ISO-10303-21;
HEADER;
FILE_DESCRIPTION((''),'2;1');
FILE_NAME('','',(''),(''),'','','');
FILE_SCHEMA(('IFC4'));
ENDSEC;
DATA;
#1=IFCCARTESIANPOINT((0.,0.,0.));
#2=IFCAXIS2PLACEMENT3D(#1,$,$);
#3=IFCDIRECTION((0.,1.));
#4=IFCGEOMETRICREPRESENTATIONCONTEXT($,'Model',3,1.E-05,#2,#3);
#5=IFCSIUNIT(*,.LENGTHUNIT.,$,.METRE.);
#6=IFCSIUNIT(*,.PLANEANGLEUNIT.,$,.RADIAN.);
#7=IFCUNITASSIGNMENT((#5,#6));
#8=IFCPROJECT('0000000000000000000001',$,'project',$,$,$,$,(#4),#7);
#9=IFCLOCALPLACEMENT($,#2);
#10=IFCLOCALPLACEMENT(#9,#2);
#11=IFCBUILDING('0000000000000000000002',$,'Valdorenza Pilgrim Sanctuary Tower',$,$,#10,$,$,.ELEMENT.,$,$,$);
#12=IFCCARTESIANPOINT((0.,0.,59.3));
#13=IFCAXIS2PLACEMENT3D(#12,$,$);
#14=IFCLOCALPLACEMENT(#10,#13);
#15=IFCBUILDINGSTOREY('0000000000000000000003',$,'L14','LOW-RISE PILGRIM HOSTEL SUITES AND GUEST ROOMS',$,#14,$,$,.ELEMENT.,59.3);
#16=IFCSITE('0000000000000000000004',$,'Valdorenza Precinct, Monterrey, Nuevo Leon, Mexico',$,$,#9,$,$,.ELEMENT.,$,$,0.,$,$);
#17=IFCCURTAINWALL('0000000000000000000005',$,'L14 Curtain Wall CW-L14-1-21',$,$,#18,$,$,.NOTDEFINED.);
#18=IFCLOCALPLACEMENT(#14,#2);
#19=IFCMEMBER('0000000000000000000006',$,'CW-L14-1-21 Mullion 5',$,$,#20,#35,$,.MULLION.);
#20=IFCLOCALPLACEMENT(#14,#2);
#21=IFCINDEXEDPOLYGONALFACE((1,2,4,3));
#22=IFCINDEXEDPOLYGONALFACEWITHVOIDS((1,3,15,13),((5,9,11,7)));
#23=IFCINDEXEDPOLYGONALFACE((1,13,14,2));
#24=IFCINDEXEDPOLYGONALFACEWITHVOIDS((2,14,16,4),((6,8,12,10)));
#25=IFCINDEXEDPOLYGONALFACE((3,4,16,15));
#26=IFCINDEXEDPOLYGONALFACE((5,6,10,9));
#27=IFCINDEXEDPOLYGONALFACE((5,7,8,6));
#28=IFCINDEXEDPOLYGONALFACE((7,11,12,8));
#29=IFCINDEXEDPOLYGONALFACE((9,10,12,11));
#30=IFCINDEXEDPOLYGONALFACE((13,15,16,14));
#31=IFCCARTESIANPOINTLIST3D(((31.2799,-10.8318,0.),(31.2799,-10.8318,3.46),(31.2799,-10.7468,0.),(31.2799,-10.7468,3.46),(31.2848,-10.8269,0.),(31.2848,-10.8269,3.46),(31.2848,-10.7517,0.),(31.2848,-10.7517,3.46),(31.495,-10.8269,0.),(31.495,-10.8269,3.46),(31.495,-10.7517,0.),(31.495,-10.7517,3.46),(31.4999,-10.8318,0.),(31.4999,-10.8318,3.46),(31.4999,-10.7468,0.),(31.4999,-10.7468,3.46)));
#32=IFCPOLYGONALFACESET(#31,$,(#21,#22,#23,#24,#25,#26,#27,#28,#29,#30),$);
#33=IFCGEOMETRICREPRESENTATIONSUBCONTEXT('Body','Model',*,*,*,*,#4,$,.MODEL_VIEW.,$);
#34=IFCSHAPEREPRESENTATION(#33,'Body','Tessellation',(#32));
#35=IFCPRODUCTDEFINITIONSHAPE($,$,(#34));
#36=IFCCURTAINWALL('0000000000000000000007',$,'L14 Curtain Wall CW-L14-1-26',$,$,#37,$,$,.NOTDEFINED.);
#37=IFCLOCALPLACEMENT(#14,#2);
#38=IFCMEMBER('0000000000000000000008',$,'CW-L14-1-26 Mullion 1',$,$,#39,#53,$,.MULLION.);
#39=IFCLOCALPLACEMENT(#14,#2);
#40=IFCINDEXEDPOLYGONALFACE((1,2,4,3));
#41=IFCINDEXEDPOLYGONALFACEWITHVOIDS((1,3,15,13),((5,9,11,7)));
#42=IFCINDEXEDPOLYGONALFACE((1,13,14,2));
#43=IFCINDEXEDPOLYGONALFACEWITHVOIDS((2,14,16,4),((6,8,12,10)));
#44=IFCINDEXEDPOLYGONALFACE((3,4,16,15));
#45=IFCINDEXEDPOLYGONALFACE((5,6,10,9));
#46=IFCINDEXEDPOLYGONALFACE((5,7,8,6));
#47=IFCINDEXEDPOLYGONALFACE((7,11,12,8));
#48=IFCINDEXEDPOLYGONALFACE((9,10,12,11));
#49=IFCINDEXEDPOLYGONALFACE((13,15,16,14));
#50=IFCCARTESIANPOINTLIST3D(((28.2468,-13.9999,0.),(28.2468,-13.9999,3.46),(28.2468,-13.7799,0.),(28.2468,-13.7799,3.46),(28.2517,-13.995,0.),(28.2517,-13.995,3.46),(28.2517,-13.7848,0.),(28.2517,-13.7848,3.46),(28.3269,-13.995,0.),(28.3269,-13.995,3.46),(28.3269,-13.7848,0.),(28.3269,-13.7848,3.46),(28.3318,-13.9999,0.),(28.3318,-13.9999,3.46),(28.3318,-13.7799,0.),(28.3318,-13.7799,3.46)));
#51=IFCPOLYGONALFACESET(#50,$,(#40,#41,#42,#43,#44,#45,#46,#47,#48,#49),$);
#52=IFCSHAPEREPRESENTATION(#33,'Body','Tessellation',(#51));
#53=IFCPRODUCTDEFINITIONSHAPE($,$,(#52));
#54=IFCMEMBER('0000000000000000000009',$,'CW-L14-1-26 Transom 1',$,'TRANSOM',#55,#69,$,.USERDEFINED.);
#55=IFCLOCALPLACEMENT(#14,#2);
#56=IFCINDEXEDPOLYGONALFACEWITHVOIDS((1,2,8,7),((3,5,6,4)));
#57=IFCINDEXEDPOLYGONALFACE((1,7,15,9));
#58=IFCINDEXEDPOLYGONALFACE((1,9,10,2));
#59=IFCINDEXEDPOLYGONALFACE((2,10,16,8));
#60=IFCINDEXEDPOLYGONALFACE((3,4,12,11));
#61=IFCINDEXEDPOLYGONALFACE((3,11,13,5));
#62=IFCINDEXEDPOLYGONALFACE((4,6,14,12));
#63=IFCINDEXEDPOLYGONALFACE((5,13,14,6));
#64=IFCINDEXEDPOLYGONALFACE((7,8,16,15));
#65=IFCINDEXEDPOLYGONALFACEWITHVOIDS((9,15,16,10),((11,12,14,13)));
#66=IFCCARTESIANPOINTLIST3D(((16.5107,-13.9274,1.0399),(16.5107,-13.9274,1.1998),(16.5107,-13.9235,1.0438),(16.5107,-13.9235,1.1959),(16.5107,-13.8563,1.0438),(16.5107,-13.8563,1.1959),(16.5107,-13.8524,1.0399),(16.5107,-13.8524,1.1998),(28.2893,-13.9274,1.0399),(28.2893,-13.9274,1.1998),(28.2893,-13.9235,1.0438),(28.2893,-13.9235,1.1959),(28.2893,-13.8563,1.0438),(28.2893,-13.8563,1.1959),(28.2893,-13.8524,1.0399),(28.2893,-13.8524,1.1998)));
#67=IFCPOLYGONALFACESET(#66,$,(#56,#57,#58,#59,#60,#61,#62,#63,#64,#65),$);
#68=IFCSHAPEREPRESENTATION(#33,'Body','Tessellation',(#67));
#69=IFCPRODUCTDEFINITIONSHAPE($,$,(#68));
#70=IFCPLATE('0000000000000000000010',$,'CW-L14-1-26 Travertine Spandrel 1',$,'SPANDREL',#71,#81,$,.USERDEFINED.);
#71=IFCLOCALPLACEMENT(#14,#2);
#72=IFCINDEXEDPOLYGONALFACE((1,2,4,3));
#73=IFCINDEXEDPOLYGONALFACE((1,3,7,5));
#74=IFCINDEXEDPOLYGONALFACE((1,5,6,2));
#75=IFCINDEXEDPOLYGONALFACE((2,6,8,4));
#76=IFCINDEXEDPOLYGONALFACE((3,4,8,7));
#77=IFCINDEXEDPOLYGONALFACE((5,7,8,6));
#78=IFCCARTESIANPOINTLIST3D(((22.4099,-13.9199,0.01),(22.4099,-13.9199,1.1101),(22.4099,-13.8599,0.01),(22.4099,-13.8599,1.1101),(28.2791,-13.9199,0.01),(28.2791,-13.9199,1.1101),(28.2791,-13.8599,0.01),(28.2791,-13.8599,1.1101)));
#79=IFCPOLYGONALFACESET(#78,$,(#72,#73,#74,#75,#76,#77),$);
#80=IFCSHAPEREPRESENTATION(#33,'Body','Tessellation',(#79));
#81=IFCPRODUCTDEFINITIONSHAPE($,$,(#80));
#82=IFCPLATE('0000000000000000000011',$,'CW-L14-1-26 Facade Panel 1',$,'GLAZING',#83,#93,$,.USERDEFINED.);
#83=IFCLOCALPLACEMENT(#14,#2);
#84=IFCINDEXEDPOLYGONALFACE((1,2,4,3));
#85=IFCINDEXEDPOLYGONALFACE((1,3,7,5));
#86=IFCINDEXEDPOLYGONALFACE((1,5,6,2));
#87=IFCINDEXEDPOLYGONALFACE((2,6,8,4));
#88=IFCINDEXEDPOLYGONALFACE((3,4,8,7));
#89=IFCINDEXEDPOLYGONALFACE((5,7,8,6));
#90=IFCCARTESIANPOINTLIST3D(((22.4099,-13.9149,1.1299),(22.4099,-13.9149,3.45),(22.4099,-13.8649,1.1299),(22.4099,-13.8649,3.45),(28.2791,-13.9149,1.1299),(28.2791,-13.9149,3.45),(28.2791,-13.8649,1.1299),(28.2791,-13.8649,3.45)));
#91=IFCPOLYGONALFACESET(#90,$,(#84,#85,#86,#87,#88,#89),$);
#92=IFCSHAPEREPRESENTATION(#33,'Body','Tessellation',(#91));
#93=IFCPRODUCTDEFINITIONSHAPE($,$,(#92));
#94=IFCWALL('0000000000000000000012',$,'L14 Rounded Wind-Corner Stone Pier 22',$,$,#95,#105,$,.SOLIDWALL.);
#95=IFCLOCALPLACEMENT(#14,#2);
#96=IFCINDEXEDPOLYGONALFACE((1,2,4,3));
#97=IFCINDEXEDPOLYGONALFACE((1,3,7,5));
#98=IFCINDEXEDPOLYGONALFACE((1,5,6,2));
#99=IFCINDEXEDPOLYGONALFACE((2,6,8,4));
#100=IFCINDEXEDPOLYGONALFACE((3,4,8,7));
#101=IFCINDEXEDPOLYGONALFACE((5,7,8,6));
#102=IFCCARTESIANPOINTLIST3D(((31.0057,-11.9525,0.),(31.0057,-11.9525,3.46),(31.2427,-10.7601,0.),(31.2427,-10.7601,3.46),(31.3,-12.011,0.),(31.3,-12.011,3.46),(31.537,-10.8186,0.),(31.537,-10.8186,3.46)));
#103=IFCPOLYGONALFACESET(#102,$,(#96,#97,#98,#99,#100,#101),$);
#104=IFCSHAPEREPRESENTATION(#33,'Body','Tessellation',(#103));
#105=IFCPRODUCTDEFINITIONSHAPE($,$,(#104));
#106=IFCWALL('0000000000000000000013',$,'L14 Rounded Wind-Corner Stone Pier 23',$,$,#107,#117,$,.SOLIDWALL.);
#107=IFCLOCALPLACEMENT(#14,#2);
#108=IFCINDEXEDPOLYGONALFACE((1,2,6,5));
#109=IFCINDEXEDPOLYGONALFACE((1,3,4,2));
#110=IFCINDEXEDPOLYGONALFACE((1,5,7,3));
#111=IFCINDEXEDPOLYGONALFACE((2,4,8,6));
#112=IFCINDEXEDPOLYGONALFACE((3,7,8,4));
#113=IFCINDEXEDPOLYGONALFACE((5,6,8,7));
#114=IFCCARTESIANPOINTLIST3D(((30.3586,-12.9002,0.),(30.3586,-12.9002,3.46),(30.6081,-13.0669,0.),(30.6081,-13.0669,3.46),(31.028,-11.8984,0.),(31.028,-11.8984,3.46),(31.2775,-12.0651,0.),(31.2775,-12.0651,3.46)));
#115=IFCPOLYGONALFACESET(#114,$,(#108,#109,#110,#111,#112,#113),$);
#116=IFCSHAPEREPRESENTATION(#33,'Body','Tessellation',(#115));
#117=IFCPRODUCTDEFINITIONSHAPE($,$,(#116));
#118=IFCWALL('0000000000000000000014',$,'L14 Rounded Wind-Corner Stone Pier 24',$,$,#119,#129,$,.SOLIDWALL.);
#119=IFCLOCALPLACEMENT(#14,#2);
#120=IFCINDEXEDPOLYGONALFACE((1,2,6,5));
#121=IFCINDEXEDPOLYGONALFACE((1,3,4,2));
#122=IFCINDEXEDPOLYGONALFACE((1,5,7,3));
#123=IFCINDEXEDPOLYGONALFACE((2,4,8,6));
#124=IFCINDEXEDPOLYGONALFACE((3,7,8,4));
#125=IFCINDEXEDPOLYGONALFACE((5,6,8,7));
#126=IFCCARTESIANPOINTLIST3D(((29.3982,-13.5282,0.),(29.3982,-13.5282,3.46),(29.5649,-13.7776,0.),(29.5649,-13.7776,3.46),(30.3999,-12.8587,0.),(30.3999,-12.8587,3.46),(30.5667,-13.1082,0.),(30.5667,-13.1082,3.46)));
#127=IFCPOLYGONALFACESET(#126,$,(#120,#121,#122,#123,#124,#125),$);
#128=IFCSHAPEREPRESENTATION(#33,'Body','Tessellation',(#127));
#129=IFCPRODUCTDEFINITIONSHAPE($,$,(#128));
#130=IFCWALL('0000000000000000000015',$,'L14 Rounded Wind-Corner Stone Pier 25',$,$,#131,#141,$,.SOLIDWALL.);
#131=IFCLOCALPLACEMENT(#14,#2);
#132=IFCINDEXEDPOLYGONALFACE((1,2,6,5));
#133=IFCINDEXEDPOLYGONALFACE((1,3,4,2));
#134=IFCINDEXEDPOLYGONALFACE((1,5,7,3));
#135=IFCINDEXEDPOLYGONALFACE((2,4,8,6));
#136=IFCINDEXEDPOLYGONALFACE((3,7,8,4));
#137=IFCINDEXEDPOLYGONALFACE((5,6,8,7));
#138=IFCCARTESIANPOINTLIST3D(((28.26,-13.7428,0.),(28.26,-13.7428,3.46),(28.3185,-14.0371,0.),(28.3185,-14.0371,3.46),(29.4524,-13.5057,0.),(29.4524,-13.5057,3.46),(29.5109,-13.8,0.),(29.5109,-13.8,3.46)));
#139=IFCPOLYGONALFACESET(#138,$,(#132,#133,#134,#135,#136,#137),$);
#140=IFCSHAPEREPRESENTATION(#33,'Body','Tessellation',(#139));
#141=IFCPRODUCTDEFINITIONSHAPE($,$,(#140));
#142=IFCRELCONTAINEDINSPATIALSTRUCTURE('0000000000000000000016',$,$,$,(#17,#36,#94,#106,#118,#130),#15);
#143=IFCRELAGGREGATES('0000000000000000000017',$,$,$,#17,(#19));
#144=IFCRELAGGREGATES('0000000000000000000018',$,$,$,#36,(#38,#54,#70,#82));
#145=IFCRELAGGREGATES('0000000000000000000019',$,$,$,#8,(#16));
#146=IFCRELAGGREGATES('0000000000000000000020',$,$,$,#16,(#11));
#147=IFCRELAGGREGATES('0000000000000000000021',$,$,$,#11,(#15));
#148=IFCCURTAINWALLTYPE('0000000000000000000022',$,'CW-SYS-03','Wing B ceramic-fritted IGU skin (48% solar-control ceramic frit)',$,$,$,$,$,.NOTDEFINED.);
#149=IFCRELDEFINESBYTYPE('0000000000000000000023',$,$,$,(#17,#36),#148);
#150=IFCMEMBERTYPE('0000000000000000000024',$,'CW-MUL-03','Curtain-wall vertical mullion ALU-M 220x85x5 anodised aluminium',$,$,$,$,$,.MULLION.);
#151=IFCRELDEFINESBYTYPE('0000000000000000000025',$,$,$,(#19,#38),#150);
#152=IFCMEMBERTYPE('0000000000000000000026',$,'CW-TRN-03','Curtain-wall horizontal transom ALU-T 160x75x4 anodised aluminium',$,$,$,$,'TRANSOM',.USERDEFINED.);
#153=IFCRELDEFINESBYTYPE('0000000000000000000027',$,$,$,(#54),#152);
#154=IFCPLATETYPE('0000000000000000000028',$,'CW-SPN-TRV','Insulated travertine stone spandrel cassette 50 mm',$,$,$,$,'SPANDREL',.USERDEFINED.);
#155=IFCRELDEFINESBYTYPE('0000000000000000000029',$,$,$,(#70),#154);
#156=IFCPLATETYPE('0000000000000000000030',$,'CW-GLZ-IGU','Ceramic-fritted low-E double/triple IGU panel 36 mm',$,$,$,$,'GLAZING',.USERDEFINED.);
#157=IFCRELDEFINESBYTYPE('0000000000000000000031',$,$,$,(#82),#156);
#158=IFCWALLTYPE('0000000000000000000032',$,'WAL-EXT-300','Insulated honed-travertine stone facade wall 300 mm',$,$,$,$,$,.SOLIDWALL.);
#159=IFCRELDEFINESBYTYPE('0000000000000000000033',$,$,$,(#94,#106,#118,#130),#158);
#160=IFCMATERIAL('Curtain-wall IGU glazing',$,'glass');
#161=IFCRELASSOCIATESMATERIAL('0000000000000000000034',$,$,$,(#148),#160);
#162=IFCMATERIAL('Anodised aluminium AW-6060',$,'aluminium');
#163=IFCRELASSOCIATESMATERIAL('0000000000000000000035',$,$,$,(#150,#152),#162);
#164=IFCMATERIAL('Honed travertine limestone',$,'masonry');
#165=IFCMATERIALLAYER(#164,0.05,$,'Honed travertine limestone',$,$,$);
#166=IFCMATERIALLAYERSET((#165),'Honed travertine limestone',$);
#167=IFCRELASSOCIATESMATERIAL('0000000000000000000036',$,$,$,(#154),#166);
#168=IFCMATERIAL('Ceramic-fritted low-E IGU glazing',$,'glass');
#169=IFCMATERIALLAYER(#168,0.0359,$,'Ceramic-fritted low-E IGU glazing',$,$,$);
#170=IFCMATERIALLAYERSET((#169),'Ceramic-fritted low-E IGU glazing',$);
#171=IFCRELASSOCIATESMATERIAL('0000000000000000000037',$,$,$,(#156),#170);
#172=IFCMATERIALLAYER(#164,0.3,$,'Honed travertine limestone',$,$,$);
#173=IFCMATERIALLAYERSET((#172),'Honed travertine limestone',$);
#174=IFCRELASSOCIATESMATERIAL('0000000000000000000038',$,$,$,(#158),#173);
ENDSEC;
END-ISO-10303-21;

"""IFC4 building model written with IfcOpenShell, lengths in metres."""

from ifc_helpers import new_model, si_unit, direction, frame, frame_2d, origin, origin_2d, place, context, subcontext, project, spatial, rectangle, hollow_rectangle, extrude, source, transform, mapped, material, layer, layer_set, material_profile, profile_set, type_object, element, aggregate, save


model = new_model("IFC4")

# Units and contexts
model_context = context("Model", 3, precision=1e-05, world=origin(), true_north=direction((0.0, 1.0)))
body_context = subcontext(model_context, "Body", "Model", "MODEL_VIEW")
ifc_project = project(units=[si_unit("LENGTHUNIT", "METRE"), si_unit("PLANEANGLEUNIT", "RADIAN")], contexts=[model_context])

# Site, building, storey
site_placement = place(None, origin())
site = spatial("IfcSite", under=ifc_project, at=site_placement, Name="Valdorenza Precinct, Monterrey, Nuevo Leon, Mexico", CompositionType="ELEMENT", RefElevation=0.0)
building_placement = place(site_placement, origin())
building = spatial("IfcBuilding", under=site, at=building_placement, Name="Valdorenza Pilgrim Sanctuary Tower", CompositionType="ELEMENT")
storey_placement = place(building_placement, frame((0.0, 0.0, 59.3)))
storey = spatial("IfcBuildingStorey", under=building, at=storey_placement, Name="L14", Description="LOW-RISE PILGRIM HOSTEL SUITES AND GUEST ROOMS", CompositionType="ELEMENT", Elevation=59.3)

# Curtain wall, member
ifc_material_1 = material(Name="Curtain-wall IGU glazing", Category="glass")
curtain_wall_type = type_object("IfcCurtainWallType", Name="CW-SYS-03", Description="Wing B ceramic-fritted IGU skin (48% solar-control ceramic frit)", PredefinedType="NOTDEFINED", material=ifc_material_1)
curtain_wall_1_placement = place(storey_placement, origin())
curtain_wall_1 = element("IfcCurtainWall", 1, at=curtain_wall_1_placement, inside=storey, type_object=curtain_wall_type, Name="L14 Curtain Wall CW-L14-1-21", PredefinedType="NOTDEFINED")
ifc_material_2 = material(Name="Anodised aluminium AW-6060", Category="aluminium")
ifc_material_profile_1 = material_profile(ifc_material_2, hollow_rectangle(XDim=0.085, YDim=0.22, WallThickness=0.0049, at=origin_2d()), Name="ALU-M 220x85x5")
ifc_profile_set_1 = profile_set([ifc_material_profile_1], Name="Anodised aluminium AW-6060")
member_type_1 = type_object("IfcMemberType", Name="CW-MUL-03", Description="Curtain-wall vertical mullion ALU-M 220x85x5 anodised aluminium", PredefinedType="MULLION", material=ifc_profile_set_1)
shared_shape_1 = source(origin(), body_context, "Body", "SweptSolid", [
    extrude(hollow_rectangle(XDim=0.085, YDim=0.22, WallThickness=0.0049, at=origin_2d()), origin(), (0.0, 0.0, 1.0), 3.46),
])
member_1_placement = place(storey_placement, frame((31.3899, -10.7893, 0.0), z_axis=(0.0, 0.0, 1.0), x_axis=(0.0, -1.0, 0.0)))
member_1 = element("IfcMember", 2, at=member_1_placement, type_object=member_type_1, Name="CW-L14-1-21 Mullion 5", PredefinedType="MULLION", context=body_context, shape_type="MappedRepresentation", body=[
    mapped(shared_shape_1, transform((0.0, 0.0, 0.0), x_axis=(1.0, 0.0, 0.0), y_axis=(0.0, 1.0, 0.0), z_axis=(0.0, 0.0, 1.0), scale=1.0)),
])
aggregate(curtain_wall_1, [member_1])

# Curtain wall, members, plates
curtain_wall_2_placement = place(storey_placement, origin())
curtain_wall_2 = element("IfcCurtainWall", 3, at=curtain_wall_2_placement, inside=storey, type_object=curtain_wall_type, Name="L14 Curtain Wall CW-L14-1-26", PredefinedType="NOTDEFINED")
member_2_placement = place(storey_placement, frame((28.2893, -13.8899, 0.0), z_axis=(0.0, 0.0, 1.0), x_axis=(-1.0, 0.0, 0.0)))
member_2 = element("IfcMember", 4, at=member_2_placement, type_object=member_type_1, Name="CW-L14-1-26 Mullion 1", PredefinedType="MULLION", context=body_context, shape_type="MappedRepresentation", body=[
    mapped(shared_shape_1, transform((0.0, 0.0, 0.0), x_axis=(1.0, 0.0, 0.0), y_axis=(0.0, 1.0, 0.0), z_axis=(0.0, 0.0, 1.0), scale=1.0)),
])
ifc_material_profile_2 = material_profile(ifc_material_2, hollow_rectangle(XDim=0.075, YDim=0.1599, WallThickness=0.0039, at=origin_2d()), Name="ALU-T 160x75x4")
ifc_profile_set_2 = profile_set([ifc_material_profile_2], Name="Anodised aluminium AW-6060")
member_type_2 = type_object("IfcMemberType", Name="CW-TRN-03", Description="Curtain-wall horizontal transom ALU-T 160x75x4 anodised aluminium", ElementType="TRANSOM", PredefinedType="USERDEFINED", material=ifc_profile_set_2)
shared_shape_2 = source(origin(), body_context, "Body", "SweptSolid", [
    extrude(hollow_rectangle(XDim=0.075, YDim=0.1599, WallThickness=0.0039, at=origin_2d()), origin(), (0.0, 0.0, 1.0), 11.7786),
])
member_3_placement = place(storey_placement, frame((28.2893, -13.8899, 1.1199), z_axis=(-1.0, 0.0, 0.0), x_axis=(0.0, -1.0, 0.0)))
member_3 = element("IfcMember", 5, at=member_3_placement, type_object=member_type_2, Name="CW-L14-1-26 Transom 1", ObjectType="TRANSOM", PredefinedType="USERDEFINED", context=body_context, shape_type="MappedRepresentation", body=[
    mapped(shared_shape_2, transform((0.0, 0.0, 0.0), x_axis=(1.0, 0.0, 0.0), y_axis=(0.0, 1.0, 0.0), z_axis=(0.0, 0.0, 1.0), scale=1.0)),
])
ifc_material_3 = material(Name="Honed travertine limestone", Category="masonry")
ifc_layer_1 = layer(ifc_material_3, 0.05, Name="Honed travertine limestone")
ifc_layer_set_1 = layer_set([ifc_layer_1], Name="Honed travertine limestone")
plate_type_1 = type_object("IfcPlateType", Name="CW-SPN-TRV", Description="Insulated travertine stone spandrel cassette 50 mm", ElementType="SPANDREL", PredefinedType="USERDEFINED", material=ifc_layer_set_1)
shared_shape_3 = source(origin(), body_context, "Body", "SweptSolid", [
    extrude(rectangle(XDim=5.8691, YDim=0.0601, at=origin_2d()), origin(), (0.0, 0.0, 1.0), 1.1001),
])
plate_1_placement = place(storey_placement, frame((25.3445, -13.8899, 0.01), z_axis=(0.0, 0.0, 1.0), x_axis=(-1.0, 0.0, 0.0)))
plate_1 = element("IfcPlate", 6, at=plate_1_placement, type_object=plate_type_1, Name="CW-L14-1-26 Travertine Spandrel 1", ObjectType="SPANDREL", PredefinedType="USERDEFINED", context=body_context, shape_type="MappedRepresentation", body=[
    mapped(shared_shape_3, transform((0.0, 0.0, 0.0), x_axis=(1.0, 0.0, 0.0), y_axis=(0.0, 1.0, 0.0), z_axis=(0.0, 0.0, 1.0), scale=1.0)),
])
ifc_material_4 = material(Name="Ceramic-fritted low-E IGU glazing", Category="glass")
ifc_layer_2 = layer(ifc_material_4, 0.0359, Name="Ceramic-fritted low-E IGU glazing")
ifc_layer_set_2 = layer_set([ifc_layer_2], Name="Ceramic-fritted low-E IGU glazing")
plate_type_2 = type_object("IfcPlateType", Name="CW-GLZ-IGU", Description="Ceramic-fritted low-E double/triple IGU panel 36 mm", ElementType="GLAZING", PredefinedType="USERDEFINED", material=ifc_layer_set_2)
shared_shape_4 = source(origin(), body_context, "Body", "SweptSolid", [
    extrude(rectangle(XDim=5.8691, YDim=0.05, at=origin_2d()), origin(), (0.0, 0.0, 1.0), 2.3201),
])
plate_2_placement = place(storey_placement, frame((25.3445, -13.8899, 1.1299), z_axis=(0.0, 0.0, 1.0), x_axis=(-1.0, 0.0, 0.0)))
plate_2 = element("IfcPlate", 7, at=plate_2_placement, type_object=plate_type_2, Name="CW-L14-1-26 Facade Panel 1", ObjectType="GLAZING", PredefinedType="USERDEFINED", context=body_context, shape_type="MappedRepresentation", body=[
    mapped(shared_shape_4, transform((0.0, 0.0, 0.0), x_axis=(1.0, 0.0, 0.0), y_axis=(0.0, 1.0, 0.0), z_axis=(0.0, 0.0, 1.0), scale=1.0)),
])
aggregate(curtain_wall_2, [member_2, member_3, plate_1, plate_2])

# Walls
ifc_layer_3 = layer(ifc_material_3, 0.3, Name="Honed travertine limestone")
ifc_layer_set_3 = layer_set([ifc_layer_3], Name="Honed travertine limestone")
wall_type_1 = type_object("IfcWallType", Name="WAL-EXT-300", Description="Insulated honed-travertine stone facade wall 300 mm", PredefinedType="SOLIDWALL", material=ifc_layer_set_3)
wall_1_placement = place(storey_placement, frame((31.3899, -10.7893, 0.0), z_axis=(0.0, 0.0, 1.0), x_axis=(-0.194996, -0.980804, 0.0)))
element("IfcWall", 8, at=wall_1_placement, inside=storey, type_object=wall_type_1, Name="L14 Rounded Wind-Corner Stone Pier 22", PredefinedType="SOLIDWALL", context=body_context, shape_type="SweptSolid", body=[
    extrude(rectangle(XDim=1.2158, YDim=0.3, at=frame_2d((0.6079, 0.0))), origin(), (0.0, 0.0, 1.0), 3.46),
])
for number, where, z_axis, x_axis, name in (
    (9, (31.1528, -11.9817, 0.0), (0.0, 0.0, 1.0), (-0.555635, -0.831426, 0.0), "L14 Rounded Wind-Corner Stone Pier 23"),
    (10, (30.4834, -12.9834, 0.0), (0.0, 0.0, 1.0), (-0.831426, -0.555635, 0.0), "L14 Rounded Wind-Corner Stone Pier 24"),
):
    element("IfcWall", number, at=place(storey_placement, frame(where, z_axis=z_axis, x_axis=x_axis)), inside=storey, type_object=wall_type_1, Name=name, PredefinedType="SOLIDWALL", context=body_context, shape_type="SweptSolid", body=[
        extrude(rectangle(XDim=1.2048, YDim=0.3, at=frame_2d((0.6025, 0.0))), origin(), (0.0, 0.0, 1.0), 3.46),
    ])
wall_2_placement = place(storey_placement, frame((29.4817, -13.6528, 0.0), z_axis=(0.0, 0.0, 1.0), x_axis=(-0.980804, -0.194996, 0.0)))
element("IfcWall", 11, at=wall_2_placement, inside=storey, type_object=wall_type_1, Name="L14 Rounded Wind-Corner Stone Pier 25", PredefinedType="SOLIDWALL", context=body_context, shape_type="SweptSolid", body=[
    extrude(rectangle(XDim=1.2158, YDim=0.3, at=frame_2d((0.6079, 0.0))), origin(), (0.0, 0.0, 1.0), 3.46),
])

save(model, "model.ifc")
